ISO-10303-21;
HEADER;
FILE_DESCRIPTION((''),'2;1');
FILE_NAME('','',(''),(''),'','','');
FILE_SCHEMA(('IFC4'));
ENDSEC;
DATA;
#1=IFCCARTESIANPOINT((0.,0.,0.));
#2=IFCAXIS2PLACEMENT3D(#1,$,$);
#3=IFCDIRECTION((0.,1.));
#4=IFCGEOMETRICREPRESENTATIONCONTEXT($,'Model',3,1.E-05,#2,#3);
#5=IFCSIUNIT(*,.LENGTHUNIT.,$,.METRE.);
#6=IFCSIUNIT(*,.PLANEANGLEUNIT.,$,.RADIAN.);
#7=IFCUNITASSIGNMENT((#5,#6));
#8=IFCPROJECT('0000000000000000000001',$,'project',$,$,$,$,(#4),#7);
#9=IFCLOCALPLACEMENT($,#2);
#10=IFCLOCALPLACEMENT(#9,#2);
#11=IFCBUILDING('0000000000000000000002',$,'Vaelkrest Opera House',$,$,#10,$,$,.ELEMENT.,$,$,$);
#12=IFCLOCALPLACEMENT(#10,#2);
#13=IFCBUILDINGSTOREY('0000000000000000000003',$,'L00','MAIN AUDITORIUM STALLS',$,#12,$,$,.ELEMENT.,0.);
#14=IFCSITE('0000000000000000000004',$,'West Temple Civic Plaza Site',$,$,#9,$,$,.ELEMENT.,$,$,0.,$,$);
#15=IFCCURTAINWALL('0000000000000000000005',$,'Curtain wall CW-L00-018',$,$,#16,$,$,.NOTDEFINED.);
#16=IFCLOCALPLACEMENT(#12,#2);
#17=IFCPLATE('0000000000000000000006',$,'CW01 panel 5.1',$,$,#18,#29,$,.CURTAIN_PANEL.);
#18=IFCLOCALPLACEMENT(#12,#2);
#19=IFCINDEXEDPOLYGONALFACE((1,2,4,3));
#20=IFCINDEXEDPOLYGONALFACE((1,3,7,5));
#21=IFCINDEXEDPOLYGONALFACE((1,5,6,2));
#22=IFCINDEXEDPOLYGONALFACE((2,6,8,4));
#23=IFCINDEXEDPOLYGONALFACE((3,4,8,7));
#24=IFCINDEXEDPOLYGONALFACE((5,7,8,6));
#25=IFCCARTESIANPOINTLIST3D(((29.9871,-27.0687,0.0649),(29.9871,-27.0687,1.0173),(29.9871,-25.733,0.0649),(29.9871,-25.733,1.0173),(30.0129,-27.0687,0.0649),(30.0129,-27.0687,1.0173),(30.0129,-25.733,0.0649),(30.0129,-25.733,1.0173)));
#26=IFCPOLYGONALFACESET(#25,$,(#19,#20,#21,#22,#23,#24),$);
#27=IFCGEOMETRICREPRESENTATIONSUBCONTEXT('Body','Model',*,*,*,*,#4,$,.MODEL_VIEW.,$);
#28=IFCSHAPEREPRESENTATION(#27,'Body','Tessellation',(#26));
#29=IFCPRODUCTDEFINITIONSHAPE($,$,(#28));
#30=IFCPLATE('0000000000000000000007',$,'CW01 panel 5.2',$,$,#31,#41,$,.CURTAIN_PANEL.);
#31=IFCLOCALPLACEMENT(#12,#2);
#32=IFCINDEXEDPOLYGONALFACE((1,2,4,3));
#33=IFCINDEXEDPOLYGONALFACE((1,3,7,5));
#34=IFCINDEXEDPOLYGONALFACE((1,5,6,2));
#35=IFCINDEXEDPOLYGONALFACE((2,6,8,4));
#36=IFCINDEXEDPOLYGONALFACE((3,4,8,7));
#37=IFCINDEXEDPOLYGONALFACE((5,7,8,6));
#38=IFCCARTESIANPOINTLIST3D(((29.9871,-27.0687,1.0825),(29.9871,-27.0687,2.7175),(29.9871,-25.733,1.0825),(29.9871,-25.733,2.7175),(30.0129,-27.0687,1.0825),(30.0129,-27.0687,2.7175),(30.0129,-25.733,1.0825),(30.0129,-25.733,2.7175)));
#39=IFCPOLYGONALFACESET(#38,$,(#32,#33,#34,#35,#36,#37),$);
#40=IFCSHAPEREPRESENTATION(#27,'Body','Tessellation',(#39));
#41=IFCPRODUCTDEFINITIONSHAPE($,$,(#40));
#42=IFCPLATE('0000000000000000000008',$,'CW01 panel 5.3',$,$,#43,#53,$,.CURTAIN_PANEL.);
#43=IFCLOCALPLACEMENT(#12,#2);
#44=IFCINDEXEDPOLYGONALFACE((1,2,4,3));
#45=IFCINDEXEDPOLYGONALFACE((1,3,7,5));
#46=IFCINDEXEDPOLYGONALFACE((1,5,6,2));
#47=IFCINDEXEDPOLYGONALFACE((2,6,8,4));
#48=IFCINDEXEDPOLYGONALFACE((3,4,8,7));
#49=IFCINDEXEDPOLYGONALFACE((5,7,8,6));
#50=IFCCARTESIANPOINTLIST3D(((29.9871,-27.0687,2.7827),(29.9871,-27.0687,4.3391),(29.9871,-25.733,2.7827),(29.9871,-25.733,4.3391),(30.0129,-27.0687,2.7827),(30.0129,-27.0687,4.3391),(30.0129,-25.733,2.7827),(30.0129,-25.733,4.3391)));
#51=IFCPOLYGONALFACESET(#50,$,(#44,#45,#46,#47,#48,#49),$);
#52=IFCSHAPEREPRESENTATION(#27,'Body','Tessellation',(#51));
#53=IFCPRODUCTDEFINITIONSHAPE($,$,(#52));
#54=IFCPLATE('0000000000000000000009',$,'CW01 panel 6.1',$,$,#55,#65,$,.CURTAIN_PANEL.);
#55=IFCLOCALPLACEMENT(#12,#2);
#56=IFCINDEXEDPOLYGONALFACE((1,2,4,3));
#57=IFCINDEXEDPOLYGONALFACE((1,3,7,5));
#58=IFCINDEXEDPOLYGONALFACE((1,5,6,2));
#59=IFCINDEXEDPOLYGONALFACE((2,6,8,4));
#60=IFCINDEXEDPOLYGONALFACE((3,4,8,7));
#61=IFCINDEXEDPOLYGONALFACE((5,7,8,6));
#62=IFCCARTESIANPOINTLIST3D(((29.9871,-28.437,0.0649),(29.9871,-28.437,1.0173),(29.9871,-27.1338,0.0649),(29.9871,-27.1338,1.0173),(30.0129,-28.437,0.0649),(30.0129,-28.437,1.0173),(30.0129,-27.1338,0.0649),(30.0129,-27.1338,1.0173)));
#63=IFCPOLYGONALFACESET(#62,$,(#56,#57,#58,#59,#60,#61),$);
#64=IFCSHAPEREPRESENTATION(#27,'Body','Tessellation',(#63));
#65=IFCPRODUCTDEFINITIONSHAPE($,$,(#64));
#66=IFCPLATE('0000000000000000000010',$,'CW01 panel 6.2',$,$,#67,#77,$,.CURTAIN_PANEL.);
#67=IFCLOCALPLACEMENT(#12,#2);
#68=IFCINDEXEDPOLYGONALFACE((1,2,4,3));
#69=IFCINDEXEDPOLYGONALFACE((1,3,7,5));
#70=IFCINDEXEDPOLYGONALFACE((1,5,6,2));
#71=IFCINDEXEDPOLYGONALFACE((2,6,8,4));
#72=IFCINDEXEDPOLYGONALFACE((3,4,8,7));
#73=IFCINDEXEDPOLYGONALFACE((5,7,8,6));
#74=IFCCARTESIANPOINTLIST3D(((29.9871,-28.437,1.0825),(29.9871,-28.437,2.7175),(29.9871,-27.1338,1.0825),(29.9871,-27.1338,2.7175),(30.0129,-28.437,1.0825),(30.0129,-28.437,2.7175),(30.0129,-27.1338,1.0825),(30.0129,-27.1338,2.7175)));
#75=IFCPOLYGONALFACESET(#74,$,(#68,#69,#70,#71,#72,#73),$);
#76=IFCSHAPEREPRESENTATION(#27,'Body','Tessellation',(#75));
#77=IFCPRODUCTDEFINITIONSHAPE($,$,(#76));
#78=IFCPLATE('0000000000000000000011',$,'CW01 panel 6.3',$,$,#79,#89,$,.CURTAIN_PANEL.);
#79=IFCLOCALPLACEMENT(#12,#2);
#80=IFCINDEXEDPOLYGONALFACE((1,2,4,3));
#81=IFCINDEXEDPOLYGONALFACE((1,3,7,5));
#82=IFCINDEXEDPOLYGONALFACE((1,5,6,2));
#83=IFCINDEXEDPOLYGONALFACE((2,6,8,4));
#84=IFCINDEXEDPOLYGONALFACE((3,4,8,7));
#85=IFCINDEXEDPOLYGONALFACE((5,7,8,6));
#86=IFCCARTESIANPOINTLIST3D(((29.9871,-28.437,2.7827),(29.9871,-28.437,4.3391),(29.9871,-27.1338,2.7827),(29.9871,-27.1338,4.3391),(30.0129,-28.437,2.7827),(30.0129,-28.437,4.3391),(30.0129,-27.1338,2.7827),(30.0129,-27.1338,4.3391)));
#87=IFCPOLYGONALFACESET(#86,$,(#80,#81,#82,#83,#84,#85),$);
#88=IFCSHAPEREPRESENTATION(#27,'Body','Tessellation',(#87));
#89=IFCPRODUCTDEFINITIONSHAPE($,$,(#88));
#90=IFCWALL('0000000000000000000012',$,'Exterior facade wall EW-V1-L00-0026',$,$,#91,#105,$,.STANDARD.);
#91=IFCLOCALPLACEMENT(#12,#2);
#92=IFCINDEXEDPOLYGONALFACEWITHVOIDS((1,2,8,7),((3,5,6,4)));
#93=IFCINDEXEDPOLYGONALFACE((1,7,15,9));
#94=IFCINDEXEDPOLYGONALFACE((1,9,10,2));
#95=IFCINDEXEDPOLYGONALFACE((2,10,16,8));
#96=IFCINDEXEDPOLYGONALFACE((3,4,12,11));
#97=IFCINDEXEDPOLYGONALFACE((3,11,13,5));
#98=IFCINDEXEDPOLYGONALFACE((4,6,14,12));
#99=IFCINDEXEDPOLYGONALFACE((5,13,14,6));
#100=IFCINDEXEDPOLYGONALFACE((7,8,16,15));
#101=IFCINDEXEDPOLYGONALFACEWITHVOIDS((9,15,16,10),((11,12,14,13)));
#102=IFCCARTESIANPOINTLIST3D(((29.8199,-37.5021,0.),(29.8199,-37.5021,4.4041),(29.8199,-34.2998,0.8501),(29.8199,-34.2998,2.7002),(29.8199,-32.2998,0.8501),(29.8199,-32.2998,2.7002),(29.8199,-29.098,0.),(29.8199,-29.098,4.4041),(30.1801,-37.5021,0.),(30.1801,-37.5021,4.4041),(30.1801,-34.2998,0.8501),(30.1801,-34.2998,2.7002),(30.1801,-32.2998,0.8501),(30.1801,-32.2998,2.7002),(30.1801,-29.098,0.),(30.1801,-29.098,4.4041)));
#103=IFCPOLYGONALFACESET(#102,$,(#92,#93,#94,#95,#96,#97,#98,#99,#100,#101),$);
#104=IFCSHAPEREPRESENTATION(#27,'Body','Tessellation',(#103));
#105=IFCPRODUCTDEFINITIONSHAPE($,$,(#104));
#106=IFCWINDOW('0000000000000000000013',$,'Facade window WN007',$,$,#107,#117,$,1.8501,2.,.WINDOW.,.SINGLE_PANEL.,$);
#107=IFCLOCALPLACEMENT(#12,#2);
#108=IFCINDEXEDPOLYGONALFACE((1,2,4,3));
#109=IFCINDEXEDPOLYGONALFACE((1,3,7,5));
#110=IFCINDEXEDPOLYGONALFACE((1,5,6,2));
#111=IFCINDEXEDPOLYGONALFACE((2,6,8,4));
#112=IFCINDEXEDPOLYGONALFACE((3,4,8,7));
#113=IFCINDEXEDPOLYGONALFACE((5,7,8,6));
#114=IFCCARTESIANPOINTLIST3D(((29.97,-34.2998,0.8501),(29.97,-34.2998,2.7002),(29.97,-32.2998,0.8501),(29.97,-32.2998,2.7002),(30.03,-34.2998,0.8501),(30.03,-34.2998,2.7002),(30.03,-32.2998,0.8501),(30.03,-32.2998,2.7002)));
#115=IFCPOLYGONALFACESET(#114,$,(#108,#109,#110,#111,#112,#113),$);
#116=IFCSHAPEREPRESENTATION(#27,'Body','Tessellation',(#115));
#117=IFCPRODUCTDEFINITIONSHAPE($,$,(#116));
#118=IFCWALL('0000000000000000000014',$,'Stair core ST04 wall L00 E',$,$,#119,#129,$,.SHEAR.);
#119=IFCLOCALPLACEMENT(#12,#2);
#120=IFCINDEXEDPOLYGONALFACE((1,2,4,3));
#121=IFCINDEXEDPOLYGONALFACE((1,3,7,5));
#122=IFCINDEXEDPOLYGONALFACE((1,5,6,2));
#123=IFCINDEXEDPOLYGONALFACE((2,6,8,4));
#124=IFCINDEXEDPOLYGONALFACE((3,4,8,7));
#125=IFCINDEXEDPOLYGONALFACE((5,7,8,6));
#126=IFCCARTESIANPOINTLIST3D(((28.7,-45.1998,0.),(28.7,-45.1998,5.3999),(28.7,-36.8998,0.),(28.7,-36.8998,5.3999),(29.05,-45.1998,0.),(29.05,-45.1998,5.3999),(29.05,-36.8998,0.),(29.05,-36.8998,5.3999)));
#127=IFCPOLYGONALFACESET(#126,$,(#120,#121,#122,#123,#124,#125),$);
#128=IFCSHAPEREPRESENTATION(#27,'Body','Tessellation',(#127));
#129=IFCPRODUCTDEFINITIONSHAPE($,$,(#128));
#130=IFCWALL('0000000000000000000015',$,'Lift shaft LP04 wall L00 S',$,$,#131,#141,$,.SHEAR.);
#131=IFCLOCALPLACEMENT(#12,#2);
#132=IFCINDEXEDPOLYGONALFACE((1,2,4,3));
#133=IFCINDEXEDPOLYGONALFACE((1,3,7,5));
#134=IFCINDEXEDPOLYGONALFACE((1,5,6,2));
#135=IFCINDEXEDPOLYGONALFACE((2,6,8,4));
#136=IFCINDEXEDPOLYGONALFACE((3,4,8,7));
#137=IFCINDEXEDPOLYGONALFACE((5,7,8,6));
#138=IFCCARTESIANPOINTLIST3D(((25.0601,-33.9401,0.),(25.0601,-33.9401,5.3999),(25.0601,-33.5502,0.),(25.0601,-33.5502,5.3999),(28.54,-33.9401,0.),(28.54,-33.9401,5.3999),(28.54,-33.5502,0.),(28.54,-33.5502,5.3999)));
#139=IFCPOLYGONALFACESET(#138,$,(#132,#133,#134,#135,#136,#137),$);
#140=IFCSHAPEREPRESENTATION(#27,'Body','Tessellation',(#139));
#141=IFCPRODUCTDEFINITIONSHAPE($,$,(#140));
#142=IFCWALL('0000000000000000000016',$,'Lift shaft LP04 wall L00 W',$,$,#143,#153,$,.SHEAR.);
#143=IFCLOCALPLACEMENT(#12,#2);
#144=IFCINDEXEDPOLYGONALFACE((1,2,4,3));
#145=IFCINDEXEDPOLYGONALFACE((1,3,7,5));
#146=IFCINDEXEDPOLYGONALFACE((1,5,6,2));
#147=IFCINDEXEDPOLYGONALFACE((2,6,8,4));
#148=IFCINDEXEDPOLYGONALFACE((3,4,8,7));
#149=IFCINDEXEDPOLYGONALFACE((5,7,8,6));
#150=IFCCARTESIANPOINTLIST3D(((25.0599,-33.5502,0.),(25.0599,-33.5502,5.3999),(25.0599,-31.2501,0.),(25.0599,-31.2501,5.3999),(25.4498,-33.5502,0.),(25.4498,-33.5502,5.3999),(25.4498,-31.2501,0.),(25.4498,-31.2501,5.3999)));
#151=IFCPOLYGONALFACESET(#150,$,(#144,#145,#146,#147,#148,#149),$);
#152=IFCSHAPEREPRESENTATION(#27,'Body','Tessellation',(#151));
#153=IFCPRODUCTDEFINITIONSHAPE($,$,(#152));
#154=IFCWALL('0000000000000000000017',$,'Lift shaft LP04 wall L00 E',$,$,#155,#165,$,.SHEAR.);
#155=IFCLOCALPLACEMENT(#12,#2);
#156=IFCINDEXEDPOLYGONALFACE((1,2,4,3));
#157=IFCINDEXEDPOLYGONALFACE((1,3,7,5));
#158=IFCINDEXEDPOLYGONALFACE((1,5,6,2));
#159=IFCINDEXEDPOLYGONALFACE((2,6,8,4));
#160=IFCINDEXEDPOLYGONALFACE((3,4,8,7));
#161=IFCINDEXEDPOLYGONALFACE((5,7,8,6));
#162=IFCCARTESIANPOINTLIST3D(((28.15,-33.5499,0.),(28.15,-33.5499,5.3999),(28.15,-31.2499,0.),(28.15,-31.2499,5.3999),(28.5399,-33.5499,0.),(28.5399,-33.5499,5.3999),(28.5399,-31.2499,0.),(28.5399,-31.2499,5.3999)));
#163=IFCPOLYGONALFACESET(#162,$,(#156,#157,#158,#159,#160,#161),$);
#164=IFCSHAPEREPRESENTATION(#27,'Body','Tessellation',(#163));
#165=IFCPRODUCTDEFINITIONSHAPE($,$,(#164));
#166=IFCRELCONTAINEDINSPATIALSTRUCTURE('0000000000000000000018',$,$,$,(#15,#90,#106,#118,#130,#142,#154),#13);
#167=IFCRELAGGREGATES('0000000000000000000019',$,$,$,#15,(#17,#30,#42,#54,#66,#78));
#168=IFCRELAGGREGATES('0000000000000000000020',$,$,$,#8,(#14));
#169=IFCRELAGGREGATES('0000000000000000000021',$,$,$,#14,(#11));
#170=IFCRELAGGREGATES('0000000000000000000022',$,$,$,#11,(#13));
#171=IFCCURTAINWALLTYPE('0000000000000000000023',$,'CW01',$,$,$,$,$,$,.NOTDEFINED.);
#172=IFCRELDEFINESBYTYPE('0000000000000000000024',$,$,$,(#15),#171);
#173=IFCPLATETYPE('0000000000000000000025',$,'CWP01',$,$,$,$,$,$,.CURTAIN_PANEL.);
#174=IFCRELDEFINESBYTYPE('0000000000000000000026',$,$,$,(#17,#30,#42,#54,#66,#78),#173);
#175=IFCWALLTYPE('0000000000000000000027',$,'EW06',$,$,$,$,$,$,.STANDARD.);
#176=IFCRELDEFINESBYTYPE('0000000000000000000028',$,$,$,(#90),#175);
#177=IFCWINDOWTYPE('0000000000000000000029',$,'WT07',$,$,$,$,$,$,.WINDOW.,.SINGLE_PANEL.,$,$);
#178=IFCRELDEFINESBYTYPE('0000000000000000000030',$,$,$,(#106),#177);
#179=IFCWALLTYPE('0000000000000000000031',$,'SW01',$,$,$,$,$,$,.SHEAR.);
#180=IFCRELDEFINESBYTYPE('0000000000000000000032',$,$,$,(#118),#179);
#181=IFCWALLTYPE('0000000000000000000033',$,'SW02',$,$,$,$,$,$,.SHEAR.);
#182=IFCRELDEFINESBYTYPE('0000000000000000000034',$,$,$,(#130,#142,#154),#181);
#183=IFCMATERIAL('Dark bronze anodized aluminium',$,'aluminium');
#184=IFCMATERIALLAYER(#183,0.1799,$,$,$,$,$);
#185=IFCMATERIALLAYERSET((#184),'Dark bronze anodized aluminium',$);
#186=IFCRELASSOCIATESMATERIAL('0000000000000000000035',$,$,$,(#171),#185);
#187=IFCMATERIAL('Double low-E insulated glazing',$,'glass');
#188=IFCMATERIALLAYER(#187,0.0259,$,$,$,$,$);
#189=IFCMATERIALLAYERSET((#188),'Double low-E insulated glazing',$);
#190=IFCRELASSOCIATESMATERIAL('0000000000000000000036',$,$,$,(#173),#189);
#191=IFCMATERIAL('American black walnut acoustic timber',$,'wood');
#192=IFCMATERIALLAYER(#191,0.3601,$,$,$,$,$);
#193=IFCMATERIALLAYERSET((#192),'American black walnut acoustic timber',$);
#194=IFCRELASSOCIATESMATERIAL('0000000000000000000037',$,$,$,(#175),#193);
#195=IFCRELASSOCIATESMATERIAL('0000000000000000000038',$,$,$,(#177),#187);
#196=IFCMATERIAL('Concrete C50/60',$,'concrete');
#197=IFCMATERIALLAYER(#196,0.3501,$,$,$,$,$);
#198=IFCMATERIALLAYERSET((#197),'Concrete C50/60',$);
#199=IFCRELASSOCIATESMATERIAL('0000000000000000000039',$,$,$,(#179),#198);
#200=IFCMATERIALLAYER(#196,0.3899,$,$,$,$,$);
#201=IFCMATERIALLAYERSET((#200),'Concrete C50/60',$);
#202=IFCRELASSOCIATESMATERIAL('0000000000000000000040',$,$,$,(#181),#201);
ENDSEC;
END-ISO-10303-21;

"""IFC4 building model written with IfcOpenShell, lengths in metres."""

from ifc_helpers import new_model, si_unit, direction, frame, frame_2d, origin, origin_2d, place, context, subcontext, project, spatial, rectangle, extrude, material, layer, layer_set, type_object, element, fill, aggregate, save


model = new_model("IFC4")

# Units and contexts
model_context = context("Model", 3, precision=1e-05, world=origin(), true_north=direction((0.0, 1.0)))
body_context = subcontext(model_context, "Body", "Model", "MODEL_VIEW")
ifc_project = project(units=[si_unit("LENGTHUNIT", "METRE"), si_unit("PLANEANGLEUNIT", "RADIAN")], contexts=[model_context])

# Site, building, storey
site_placement = place(None, origin())
site = spatial("IfcSite", under=ifc_project, at=site_placement, Name="West Temple Civic Plaza Site", CompositionType="ELEMENT", RefElevation=0.0)
building_placement = place(site_placement, origin())
building = spatial("IfcBuilding", under=site, at=building_placement, Name="Vaelkrest Opera House", CompositionType="ELEMENT")
storey_placement = place(building_placement, origin())
storey = spatial("IfcBuildingStorey", under=building, at=storey_placement, Name="L00", Description="MAIN AUDITORIUM STALLS", CompositionType="ELEMENT", Elevation=0.0)

# Shared definitions
ifc_material_1 = material(Name="Concrete C50/60", Category="concrete")

# Curtain wall
ifc_material_2 = material(Name="Dark bronze anodized aluminium", Category="aluminium")
ifc_layer_1 = layer(ifc_material_2, 0.1799)
ifc_layer_set_1 = layer_set([ifc_layer_1], Name="Dark bronze anodized aluminium")
curtain_wall_type_1 = type_object("IfcCurtainWallType", Name="CW01", PredefinedType="NOTDEFINED", material=ifc_layer_set_1)
curtain_wall_1_placement = place(storey_placement, origin())
curtain_wall_1 = element("IfcCurtainWall", 1, at=curtain_wall_1_placement, inside=storey, type_object=curtain_wall_type_1, Name="Curtain wall CW-L00-018", PredefinedType="NOTDEFINED")

# Plates
ifc_material_3 = material(Name="Double low-E insulated glazing", Category="glass")
ifc_layer_2 = layer(ifc_material_3, 0.0259)
ifc_layer_set_2 = layer_set([ifc_layer_2], Name="Double low-E insulated glazing")
plate_type = type_object("IfcPlateType", Name="CWP01", PredefinedType="CURTAIN_PANEL", material=ifc_layer_set_2)
plate_1_placement = place(storey_placement, frame((30.0, -26.4009, 0.0649), z_axis=(0.0, 0.0, 1.0), x_axis=(0.0, -1.0, 0.0)))
plate_1 = element("IfcPlate", 2, at=plate_1_placement, type_object=plate_type, Name="CW01 panel 5.1", PredefinedType="CURTAIN_PANEL", context=body_context, shape_type="SweptSolid", body=[
    extrude(rectangle(XDim=1.3357, YDim=0.0259, at=origin_2d()), origin(), (0.0, 0.0, 1.0), 0.9524),
])
plate_2_placement = place(storey_placement, frame((30.0, -26.4009, 1.0825), z_axis=(0.0, 0.0, 1.0), x_axis=(0.0, -1.0, 0.0)))
plate_2 = element("IfcPlate", 3, at=plate_2_placement, type_object=plate_type, Name="CW01 panel 5.2", PredefinedType="CURTAIN_PANEL", context=body_context, shape_type="SweptSolid", body=[
    extrude(rectangle(XDim=1.3357, YDim=0.0259, at=origin_2d()), origin(), (0.0, 0.0, 1.0), 1.635),
])
plate_3_placement = place(storey_placement, frame((30.0, -26.4009, 2.7827), z_axis=(0.0, 0.0, 1.0), x_axis=(0.0, -1.0, 0.0)))
plate_3 = element("IfcPlate", 4, at=plate_3_placement, type_object=plate_type, Name="CW01 panel 5.3", PredefinedType="CURTAIN_PANEL", context=body_context, shape_type="SweptSolid", body=[
    extrude(rectangle(XDim=1.3357, YDim=0.0259, at=origin_2d()), origin(), (0.0, 0.0, 1.0), 1.5564),
])
plate_4_placement = place(storey_placement, frame((30.0, -27.7854, 0.0649), z_axis=(0.0, 0.0, 1.0), x_axis=(0.0, -1.0, 0.0)))
plate_4 = element("IfcPlate", 5, at=plate_4_placement, type_object=plate_type, Name="CW01 panel 6.1", PredefinedType="CURTAIN_PANEL", context=body_context, shape_type="SweptSolid", body=[
    extrude(rectangle(XDim=1.3032, YDim=0.0259, at=origin_2d()), origin(), (0.0, 0.0, 1.0), 0.9524),
])
plate_5_placement = place(storey_placement, frame((30.0, -27.7854, 1.0825), z_axis=(0.0, 0.0, 1.0), x_axis=(0.0, -1.0, 0.0)))
plate_5 = element("IfcPlate", 6, at=plate_5_placement, type_object=plate_type, Name="CW01 panel 6.2", PredefinedType="CURTAIN_PANEL", context=body_context, shape_type="SweptSolid", body=[
    extrude(rectangle(XDim=1.3032, YDim=0.0259, at=origin_2d()), origin(), (0.0, 0.0, 1.0), 1.635),
])
plate_6_placement = place(storey_placement, frame((30.0, -27.7854, 2.7827), z_axis=(0.0, 0.0, 1.0), x_axis=(0.0, -1.0, 0.0)))
plate_6 = element("IfcPlate", 7, at=plate_6_placement, type_object=plate_type, Name="CW01 panel 6.3", PredefinedType="CURTAIN_PANEL", context=body_context, shape_type="SweptSolid", body=[
    extrude(rectangle(XDim=1.3032, YDim=0.0259, at=origin_2d()), origin(), (0.0, 0.0, 1.0), 1.5564),
])
aggregate(curtain_wall_1, [plate_1, plate_2, plate_3, plate_4, plate_5, plate_6])

# Wall, opening, window
ifc_material_4 = material(Name="American black walnut acoustic timber", Category="wood")
ifc_layer_3 = layer(ifc_material_4, 0.3601)
ifc_layer_set_3 = layer_set([ifc_layer_3], Name="American black walnut acoustic timber")
wall_type_1 = type_object("IfcWallType", Name="EW06", PredefinedType="STANDARD", material=ifc_layer_set_3)
wall_1_placement = place(storey_placement, frame((30.0, -29.0979, 0.0), z_axis=(0.0, 0.0, 1.0), x_axis=(0.0, -1.0, 0.0)))
wall_1 = element("IfcWall", 8, at=wall_1_placement, inside=storey, type_object=wall_type_1, Name="Exterior facade wall EW-V1-L00-0026", PredefinedType="STANDARD", context=body_context, shape_type="SweptSolid", body=[
    extrude(rectangle(XDim=8.4041, YDim=0.3601, at=frame_2d((4.2021, 0.0))), origin(), (0.0, 0.0, 1.0), 4.4041),
])
opening_1_placement = place(wall_1_placement, frame((3.2019, 0.0, 0.8501)))
opening_1 = element("IfcOpeningElement", 9, at=opening_1_placement, cuts=wall_1, PredefinedType="OPENING", context=body_context, shape_type="SweptSolid", body=[
    extrude(rectangle(XDim=2.0, YDim=1.8501, at=frame_2d((1.0, 0.925))), frame((0.0, 0.1899, 0.0), z_axis=(0.0, -1.0, 0.0), x_axis=(1.0, 0.0, 0.0)), (0.0, 0.0, 1.0), 0.3801),
])
window_type = type_object("IfcWindowType", Name="WT07", PartitioningType="SINGLE_PANEL", PredefinedType="WINDOW", material=ifc_material_3)
window_placement = place(opening_1_placement, origin())
window = element("IfcWindow", 10, at=window_placement, inside=storey, type_object=window_type, Name="Facade window WN007", OverallHeight=1.8501, OverallWidth=2.0, PartitioningType="SINGLE_PANEL", PredefinedType="WINDOW", context=body_context, shape_type="SweptSolid", body=[
    extrude(rectangle(XDim=2.0, YDim=1.8501, at=frame_2d((1.0, 0.925))), frame((0.0, 0.03, 0.0), z_axis=(0.0, -1.0, 0.0), x_axis=(1.0, 0.0, 0.0)), (0.0, 0.0, 1.0), 0.0601),
])
fill(opening_1, window)

# Walls
ifc_layer_4 = layer(ifc_material_1, 0.3501)
ifc_layer_set_4 = layer_set([ifc_layer_4], Name="Concrete C50/60")
wall_type_2 = type_object("IfcWallType", Name="SW01", PredefinedType="SHEAR", material=ifc_layer_set_4)
wall_2_placement = place(storey_placement, frame((28.875, -36.8999, 0.0), z_axis=(0.0, 0.0, 1.0), x_axis=(0.0, -1.0, 0.0)))
element("IfcWall", 11, at=wall_2_placement, inside=storey, type_object=wall_type_2, Name="Stair core ST04 wall L00 E", PredefinedType="SHEAR", context=body_context, shape_type="SweptSolid", body=[
    extrude(rectangle(XDim=8.3, YDim=0.3501, at=frame_2d((4.1499, 0.0))), origin(), (0.0, 0.0, 1.0), 5.3999),
])
ifc_layer_5 = layer(ifc_material_1, 0.3899)
ifc_layer_set_5 = layer_set([ifc_layer_5], Name="Concrete C50/60")
wall_type_3 = type_object("IfcWallType", Name="SW02", PredefinedType="SHEAR", material=ifc_layer_set_5)
wall_3_placement = place(storey_placement, frame((28.54, -33.7451, 0.0), z_axis=(0.0, 0.0, 1.0), x_axis=(-1.0, 0.0, 0.0)))
element("IfcWall", 12, at=wall_3_placement, inside=storey, type_object=wall_type_3, Name="Lift shaft LP04 wall L00 S", PredefinedType="SHEAR", context=body_context, shape_type="SweptSolid", body=[
    extrude(rectangle(XDim=3.48, YDim=0.3899, at=frame_2d((1.74, 0.0))), origin(), (0.0, 0.0, 1.0), 5.3999),
])

# Walls
for number, where, z_axis, x_axis, name in (
    (13, (25.2549, -33.55, 0.0), (0.0, 0.0, 1.0), (0.0, 1.0, 0.0), "Lift shaft LP04 wall L00 W"),
    (14, (28.345, -31.25, 0.0), (0.0, 0.0, 1.0), (0.0, -1.0, 0.0), "Lift shaft LP04 wall L00 E"),
):
    element("IfcWall", number, at=place(storey_placement, frame(where, z_axis=z_axis, x_axis=x_axis)), inside=storey, type_object=wall_type_3, Name=name, PredefinedType="SHEAR", context=body_context, shape_type="SweptSolid", body=[
        extrude(rectangle(XDim=2.3, YDim=0.3899, at=frame_2d((1.1499, 0.0))), origin(), (0.0, 0.0, 1.0), 5.3999),
    ])

save(model, "model.ifc")
